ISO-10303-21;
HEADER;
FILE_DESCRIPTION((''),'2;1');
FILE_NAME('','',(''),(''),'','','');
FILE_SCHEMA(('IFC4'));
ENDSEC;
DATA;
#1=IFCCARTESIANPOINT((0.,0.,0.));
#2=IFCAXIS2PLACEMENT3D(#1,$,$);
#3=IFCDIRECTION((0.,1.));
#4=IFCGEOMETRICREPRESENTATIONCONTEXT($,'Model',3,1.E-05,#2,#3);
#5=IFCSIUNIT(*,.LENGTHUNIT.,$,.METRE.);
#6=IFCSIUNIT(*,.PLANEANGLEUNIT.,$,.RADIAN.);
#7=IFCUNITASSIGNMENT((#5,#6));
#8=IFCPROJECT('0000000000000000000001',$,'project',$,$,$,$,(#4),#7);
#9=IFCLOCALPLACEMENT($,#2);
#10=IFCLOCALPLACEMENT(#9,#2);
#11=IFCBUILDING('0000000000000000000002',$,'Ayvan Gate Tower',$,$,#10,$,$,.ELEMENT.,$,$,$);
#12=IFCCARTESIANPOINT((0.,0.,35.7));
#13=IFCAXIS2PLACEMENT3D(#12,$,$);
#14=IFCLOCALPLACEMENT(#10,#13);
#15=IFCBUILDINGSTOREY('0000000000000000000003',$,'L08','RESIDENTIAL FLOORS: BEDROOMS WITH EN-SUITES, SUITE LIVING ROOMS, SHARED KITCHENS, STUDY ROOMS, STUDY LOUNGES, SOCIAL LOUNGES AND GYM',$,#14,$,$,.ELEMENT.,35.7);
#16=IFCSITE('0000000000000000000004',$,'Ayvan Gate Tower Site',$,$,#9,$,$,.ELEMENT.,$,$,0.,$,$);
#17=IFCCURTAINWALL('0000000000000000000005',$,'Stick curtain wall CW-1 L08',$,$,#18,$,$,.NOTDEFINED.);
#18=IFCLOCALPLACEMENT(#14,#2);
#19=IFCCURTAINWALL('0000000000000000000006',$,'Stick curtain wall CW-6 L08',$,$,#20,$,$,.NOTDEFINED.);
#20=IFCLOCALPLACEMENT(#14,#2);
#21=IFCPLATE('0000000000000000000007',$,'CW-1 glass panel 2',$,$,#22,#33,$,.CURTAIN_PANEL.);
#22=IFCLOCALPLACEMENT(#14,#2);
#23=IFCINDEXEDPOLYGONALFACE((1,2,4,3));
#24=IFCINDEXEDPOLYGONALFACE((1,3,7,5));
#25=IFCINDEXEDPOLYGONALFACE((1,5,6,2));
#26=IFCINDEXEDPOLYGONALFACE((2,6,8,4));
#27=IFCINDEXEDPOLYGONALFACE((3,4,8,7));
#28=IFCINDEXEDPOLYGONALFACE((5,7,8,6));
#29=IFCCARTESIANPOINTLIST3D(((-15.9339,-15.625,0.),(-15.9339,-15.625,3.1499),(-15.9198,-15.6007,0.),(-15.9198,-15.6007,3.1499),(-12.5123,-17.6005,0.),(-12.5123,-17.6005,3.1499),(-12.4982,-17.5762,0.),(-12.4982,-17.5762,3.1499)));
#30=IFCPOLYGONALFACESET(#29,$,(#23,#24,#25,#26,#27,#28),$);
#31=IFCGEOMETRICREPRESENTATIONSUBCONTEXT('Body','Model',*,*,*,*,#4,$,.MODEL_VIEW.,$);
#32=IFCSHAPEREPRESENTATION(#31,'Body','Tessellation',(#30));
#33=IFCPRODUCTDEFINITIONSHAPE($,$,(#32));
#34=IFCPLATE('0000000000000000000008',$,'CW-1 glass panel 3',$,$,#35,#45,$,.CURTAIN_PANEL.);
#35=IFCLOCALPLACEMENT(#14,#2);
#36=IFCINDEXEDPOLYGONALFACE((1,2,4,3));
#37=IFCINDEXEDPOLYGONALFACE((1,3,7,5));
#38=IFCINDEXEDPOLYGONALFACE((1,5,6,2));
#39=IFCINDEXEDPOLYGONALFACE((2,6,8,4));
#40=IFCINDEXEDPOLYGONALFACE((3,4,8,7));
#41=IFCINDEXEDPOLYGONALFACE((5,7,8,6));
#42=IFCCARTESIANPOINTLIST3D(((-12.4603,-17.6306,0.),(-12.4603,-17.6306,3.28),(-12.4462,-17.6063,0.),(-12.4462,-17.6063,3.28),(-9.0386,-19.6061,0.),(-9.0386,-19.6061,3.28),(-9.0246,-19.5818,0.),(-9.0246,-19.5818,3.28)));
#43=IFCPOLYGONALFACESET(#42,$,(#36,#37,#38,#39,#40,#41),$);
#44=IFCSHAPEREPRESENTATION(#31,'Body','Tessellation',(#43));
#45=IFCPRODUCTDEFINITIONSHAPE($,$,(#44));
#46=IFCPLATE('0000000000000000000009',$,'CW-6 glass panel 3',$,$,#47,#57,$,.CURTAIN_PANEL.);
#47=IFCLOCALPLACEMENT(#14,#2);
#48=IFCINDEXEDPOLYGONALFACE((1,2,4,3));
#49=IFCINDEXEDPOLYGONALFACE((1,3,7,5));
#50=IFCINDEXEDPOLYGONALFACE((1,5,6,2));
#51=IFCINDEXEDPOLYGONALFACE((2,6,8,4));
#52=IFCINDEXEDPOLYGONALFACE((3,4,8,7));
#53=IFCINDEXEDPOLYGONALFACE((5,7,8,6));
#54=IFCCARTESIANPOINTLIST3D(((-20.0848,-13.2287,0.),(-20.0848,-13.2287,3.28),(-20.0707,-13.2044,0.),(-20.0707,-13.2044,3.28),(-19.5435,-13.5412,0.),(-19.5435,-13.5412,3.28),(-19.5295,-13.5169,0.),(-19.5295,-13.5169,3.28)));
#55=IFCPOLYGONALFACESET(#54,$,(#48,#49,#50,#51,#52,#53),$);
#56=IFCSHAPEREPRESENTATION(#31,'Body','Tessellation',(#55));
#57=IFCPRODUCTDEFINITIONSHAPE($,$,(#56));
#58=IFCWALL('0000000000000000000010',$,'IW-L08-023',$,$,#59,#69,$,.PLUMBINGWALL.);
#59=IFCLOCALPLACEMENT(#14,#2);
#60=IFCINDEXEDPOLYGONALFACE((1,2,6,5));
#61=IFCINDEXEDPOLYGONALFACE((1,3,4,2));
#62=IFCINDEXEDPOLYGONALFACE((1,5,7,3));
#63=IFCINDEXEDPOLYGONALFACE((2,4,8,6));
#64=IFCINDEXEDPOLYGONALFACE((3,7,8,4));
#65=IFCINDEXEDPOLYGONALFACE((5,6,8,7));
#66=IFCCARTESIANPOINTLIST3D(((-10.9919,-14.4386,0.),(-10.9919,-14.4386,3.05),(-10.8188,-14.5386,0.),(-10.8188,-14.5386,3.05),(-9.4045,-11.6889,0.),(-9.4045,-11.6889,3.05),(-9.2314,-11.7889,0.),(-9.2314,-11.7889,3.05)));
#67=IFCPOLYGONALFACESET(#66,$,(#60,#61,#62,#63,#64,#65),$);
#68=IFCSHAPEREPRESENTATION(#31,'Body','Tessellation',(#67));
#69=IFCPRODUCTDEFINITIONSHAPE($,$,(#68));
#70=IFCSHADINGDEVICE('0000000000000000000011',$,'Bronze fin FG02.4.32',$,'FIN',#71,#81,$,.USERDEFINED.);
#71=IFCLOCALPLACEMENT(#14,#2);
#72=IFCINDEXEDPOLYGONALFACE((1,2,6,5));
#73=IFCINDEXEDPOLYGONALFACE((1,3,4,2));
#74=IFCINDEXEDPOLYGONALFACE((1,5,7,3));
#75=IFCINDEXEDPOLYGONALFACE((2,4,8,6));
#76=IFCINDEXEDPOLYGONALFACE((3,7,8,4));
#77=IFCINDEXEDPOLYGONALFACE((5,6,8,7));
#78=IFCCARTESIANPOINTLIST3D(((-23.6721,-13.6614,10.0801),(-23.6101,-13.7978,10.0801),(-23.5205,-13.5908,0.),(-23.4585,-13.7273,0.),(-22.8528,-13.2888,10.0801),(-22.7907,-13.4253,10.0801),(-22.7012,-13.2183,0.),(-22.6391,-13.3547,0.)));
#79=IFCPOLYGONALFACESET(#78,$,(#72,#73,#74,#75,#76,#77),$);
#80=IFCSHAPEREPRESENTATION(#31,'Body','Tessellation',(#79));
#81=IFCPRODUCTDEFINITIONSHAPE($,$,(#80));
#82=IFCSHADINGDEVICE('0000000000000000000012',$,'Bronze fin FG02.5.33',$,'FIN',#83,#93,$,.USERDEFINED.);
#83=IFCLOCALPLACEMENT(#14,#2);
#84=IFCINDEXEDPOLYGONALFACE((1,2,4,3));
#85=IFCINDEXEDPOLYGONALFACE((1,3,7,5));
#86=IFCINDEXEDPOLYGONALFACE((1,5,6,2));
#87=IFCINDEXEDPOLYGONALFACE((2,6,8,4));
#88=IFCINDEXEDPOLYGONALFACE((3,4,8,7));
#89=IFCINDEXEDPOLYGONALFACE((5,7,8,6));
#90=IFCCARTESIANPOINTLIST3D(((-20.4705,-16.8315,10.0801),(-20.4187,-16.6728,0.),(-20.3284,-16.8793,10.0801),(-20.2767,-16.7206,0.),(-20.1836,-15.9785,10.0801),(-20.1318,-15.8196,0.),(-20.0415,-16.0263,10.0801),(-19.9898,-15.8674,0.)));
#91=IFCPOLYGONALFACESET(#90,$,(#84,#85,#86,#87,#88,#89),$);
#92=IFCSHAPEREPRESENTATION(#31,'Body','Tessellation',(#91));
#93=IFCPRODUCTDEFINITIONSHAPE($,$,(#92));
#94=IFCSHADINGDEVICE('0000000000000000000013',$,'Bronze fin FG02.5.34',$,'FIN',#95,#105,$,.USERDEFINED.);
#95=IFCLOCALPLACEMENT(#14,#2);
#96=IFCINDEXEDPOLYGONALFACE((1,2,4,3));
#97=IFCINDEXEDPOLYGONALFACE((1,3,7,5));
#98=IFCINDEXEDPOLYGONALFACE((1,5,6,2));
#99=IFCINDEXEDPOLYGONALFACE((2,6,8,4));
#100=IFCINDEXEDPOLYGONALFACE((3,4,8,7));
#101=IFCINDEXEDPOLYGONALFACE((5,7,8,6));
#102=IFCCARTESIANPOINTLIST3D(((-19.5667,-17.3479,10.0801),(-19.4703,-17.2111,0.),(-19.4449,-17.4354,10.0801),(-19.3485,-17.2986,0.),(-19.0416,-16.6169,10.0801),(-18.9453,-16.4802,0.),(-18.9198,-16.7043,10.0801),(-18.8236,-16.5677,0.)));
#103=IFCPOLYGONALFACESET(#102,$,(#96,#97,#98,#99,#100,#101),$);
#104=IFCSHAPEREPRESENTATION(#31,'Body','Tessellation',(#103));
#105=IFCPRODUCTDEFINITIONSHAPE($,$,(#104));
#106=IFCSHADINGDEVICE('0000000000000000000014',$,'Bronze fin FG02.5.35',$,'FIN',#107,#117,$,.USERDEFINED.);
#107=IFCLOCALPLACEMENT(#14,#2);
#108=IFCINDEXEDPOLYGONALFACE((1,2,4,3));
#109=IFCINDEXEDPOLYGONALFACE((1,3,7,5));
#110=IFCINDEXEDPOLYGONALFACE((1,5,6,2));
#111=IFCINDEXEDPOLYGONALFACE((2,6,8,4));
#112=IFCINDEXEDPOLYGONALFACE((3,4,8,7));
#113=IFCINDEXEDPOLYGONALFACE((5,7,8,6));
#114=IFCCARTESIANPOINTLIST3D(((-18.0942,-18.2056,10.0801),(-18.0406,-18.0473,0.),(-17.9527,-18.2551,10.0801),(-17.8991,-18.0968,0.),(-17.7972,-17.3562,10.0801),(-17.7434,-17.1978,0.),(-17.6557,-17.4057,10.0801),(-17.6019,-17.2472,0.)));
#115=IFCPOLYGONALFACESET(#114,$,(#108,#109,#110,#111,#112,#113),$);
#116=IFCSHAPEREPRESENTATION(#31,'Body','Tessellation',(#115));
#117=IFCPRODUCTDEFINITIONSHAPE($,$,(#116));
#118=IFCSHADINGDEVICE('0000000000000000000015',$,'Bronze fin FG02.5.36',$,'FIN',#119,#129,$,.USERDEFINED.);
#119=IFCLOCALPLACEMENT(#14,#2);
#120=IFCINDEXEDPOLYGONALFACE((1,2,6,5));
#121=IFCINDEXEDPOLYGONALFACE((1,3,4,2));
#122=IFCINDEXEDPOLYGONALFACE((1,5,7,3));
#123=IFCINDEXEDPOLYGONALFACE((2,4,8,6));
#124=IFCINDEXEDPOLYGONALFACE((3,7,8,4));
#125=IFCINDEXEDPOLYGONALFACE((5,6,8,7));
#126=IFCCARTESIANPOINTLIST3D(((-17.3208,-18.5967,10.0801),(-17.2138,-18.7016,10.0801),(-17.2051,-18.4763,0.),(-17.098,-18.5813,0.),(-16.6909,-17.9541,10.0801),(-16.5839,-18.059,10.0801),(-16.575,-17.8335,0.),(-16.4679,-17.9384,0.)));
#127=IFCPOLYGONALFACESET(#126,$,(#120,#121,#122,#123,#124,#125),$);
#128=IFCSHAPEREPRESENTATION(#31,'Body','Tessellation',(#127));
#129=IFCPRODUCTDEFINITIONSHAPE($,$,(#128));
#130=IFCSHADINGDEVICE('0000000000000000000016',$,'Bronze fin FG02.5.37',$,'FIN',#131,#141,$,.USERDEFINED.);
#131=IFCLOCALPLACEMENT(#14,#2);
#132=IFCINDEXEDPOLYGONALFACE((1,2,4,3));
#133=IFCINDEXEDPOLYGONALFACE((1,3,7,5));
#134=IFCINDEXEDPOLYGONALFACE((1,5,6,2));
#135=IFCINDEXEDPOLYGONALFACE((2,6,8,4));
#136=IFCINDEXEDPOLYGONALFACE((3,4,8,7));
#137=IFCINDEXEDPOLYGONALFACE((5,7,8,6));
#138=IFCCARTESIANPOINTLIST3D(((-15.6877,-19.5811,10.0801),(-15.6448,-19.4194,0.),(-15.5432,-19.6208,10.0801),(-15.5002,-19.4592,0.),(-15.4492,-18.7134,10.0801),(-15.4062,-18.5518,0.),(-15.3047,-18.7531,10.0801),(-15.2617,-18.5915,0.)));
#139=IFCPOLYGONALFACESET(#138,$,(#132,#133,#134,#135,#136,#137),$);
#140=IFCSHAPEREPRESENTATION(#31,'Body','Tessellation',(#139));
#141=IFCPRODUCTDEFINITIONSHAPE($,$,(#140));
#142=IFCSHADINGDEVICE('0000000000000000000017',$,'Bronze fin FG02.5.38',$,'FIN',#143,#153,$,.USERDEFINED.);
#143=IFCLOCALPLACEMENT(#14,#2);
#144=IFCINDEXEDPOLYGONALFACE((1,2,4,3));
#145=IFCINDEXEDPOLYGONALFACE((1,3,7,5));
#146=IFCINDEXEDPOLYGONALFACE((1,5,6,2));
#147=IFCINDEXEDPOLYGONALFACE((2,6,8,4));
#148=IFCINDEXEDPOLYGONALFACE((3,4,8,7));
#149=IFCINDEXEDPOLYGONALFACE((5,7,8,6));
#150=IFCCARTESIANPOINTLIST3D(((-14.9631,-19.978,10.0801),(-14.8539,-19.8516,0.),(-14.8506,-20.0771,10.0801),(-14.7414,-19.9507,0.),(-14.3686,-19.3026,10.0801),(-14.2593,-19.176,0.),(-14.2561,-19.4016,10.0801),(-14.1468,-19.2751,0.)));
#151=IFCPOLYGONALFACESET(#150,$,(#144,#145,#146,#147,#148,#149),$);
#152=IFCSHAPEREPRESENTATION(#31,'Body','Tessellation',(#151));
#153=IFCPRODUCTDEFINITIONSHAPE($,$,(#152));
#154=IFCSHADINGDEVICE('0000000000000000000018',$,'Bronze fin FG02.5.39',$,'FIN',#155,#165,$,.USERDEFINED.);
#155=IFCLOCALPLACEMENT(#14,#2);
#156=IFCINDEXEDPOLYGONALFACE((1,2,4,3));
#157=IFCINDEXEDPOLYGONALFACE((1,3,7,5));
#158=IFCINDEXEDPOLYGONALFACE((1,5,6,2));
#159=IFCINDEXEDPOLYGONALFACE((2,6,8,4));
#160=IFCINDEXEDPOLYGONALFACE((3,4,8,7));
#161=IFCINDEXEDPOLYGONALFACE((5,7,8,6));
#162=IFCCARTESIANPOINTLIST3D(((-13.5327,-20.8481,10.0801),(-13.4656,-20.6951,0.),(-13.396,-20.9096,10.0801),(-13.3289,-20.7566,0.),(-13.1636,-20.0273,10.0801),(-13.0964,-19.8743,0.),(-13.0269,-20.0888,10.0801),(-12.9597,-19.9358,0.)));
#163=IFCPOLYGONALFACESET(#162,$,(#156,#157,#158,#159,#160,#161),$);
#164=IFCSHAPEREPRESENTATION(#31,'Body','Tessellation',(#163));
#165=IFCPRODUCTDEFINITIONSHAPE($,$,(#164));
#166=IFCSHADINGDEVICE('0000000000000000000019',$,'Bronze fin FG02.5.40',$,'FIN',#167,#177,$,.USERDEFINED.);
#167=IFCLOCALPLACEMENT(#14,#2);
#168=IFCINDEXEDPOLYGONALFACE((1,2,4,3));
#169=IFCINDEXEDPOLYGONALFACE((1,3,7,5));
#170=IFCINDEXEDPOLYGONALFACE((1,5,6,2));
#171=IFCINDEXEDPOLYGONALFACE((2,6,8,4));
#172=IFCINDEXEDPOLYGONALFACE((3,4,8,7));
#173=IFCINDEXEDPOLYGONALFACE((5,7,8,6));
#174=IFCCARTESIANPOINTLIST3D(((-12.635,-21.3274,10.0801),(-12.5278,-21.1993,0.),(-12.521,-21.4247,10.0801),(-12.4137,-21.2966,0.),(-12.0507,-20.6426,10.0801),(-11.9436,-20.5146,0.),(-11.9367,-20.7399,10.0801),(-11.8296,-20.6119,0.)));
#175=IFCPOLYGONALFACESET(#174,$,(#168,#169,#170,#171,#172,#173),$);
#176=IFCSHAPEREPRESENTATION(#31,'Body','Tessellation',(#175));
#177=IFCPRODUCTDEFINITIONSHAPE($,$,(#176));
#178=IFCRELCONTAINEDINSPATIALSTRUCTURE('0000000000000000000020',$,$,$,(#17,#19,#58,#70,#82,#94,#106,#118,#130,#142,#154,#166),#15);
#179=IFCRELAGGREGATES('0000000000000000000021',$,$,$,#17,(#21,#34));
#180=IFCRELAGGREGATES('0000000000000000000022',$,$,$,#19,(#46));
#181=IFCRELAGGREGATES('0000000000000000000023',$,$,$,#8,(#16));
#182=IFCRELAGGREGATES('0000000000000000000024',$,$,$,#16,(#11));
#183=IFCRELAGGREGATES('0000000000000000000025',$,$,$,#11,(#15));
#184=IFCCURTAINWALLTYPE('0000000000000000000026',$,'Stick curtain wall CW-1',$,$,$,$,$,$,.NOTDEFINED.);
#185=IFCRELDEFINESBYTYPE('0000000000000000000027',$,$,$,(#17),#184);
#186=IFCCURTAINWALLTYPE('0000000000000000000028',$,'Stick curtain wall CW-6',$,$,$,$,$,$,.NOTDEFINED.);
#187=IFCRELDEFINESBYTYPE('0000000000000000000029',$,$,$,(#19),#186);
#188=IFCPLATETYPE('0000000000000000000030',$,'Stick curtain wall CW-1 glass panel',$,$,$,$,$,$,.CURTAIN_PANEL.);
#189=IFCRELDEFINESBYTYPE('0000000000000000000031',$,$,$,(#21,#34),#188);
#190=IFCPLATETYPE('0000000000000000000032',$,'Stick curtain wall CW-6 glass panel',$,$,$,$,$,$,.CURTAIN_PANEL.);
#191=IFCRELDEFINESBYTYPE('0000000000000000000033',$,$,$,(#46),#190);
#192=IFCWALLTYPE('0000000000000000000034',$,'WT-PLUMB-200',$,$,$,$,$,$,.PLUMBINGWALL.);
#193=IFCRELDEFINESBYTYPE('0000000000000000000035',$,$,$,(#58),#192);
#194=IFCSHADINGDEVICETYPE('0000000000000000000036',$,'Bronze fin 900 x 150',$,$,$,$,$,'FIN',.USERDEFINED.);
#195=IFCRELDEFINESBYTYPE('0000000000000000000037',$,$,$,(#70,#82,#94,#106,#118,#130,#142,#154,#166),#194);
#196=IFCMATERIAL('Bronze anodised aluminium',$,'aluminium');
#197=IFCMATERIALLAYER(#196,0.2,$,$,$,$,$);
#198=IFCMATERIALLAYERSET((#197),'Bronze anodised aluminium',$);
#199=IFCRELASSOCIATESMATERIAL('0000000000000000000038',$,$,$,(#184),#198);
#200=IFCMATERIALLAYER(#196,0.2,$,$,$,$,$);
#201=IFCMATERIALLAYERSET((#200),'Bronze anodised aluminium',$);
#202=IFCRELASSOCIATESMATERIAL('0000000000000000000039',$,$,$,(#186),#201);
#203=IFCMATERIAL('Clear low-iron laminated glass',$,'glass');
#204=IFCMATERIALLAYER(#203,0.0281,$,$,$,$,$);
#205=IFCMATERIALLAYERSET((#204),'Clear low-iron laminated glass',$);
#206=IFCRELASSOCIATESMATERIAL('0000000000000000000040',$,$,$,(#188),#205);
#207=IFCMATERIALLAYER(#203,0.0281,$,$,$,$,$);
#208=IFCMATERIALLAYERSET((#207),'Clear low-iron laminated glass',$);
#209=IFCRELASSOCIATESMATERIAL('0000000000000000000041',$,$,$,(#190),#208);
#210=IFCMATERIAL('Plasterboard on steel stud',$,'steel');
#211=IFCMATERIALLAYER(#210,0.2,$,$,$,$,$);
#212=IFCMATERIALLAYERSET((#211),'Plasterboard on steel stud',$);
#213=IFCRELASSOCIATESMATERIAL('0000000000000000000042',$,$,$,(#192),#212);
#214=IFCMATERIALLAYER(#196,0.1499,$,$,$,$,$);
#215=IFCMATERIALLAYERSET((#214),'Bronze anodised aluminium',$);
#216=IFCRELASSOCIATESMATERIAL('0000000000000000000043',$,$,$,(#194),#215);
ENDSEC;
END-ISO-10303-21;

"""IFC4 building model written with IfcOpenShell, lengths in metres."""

from ifc_helpers import new_model, si_unit, direction, frame, frame_2d, origin, origin_2d, place, context, subcontext, project, spatial, polyline, rectangle, outline, extrude, material, layer, layer_set, type_object, element, aggregate, save


model = new_model("IFC4")

# Units and contexts
model_context = context("Model", 3, precision=1e-05, world=origin(), true_north=direction((0.0, 1.0)))
body_context = subcontext(model_context, "Body", "Model", "MODEL_VIEW")
ifc_project = project(units=[si_unit("LENGTHUNIT", "METRE"), si_unit("PLANEANGLEUNIT", "RADIAN")], contexts=[model_context])

# Site, building, storey
site_placement = place(None, origin())
site = spatial("IfcSite", under=ifc_project, at=site_placement, Name="Ayvan Gate Tower Site", CompositionType="ELEMENT", RefElevation=0.0)
building_placement = place(site_placement, origin())
building = spatial("IfcBuilding", under=site, at=building_placement, Name="Ayvan Gate Tower", CompositionType="ELEMENT")
storey_placement = place(building_placement, frame((0.0, 0.0, 35.7)))
storey = spatial("IfcBuildingStorey", under=building, at=storey_placement, Name="L08", Description="RESIDENTIAL FLOORS: BEDROOMS WITH EN-SUITES, SUITE LIVING ROOMS, SHARED KITCHENS, STUDY ROOMS, STUDY LOUNGES, SOCIAL LOUNGES AND GYM", CompositionType="ELEMENT", Elevation=35.7)

# Curtain walls
ifc_material_1 = material(Name="Bronze anodised aluminium", Category="aluminium")
ifc_layer_1 = layer(ifc_material_1, 0.2)
ifc_layer_set_1 = layer_set([ifc_layer_1], Name="Bronze anodised aluminium")
curtain_wall_type_1 = type_object("IfcCurtainWallType", Name="Stick curtain wall CW-1", PredefinedType="NOTDEFINED", material=ifc_layer_set_1)
curtain_wall_1_placement = place(storey_placement, origin())
curtain_wall_1 = element("IfcCurtainWall", 1, at=curtain_wall_1_placement, inside=storey, type_object=curtain_wall_type_1, Name="Stick curtain wall CW-1 L08", PredefinedType="NOTDEFINED")
ifc_layer_2 = layer(ifc_material_1, 0.2)
ifc_layer_set_2 = layer_set([ifc_layer_2], Name="Bronze anodised aluminium")
curtain_wall_type_2 = type_object("IfcCurtainWallType", Name="Stick curtain wall CW-6", PredefinedType="NOTDEFINED", material=ifc_layer_set_2)
curtain_wall_2_placement = place(storey_placement, origin())
curtain_wall_2 = element("IfcCurtainWall", 2, at=curtain_wall_2_placement, inside=storey, type_object=curtain_wall_type_2, Name="Stick curtain wall CW-6 L08", PredefinedType="NOTDEFINED")

# Plates
ifc_material_2 = material(Name="Clear low-iron laminated glass", Category="glass")
ifc_layer_3 = layer(ifc_material_2, 0.0281)
ifc_layer_set_3 = layer_set([ifc_layer_3], Name="Clear low-iron laminated glass")
plate_type_1 = type_object("IfcPlateType", Name="Stick curtain wall CW-1 glass panel", PredefinedType="CURTAIN_PANEL", material=ifc_layer_set_3)
plate_1_placement = place(storey_placement, frame((-14.2161, -16.6006, 0.0), z_axis=(0.0, 0.0, 1.0), x_axis=(0.866025, -0.5, 0.0)))
plate_1 = element("IfcPlate", 3, at=plate_1_placement, type_object=plate_type_1, Name="CW-1 glass panel 2", PredefinedType="CURTAIN_PANEL", context=body_context, shape_type="SweptSolid", body=[
    extrude(rectangle(XDim=3.9509, YDim=0.0281, at=origin_2d()), origin(), (0.0, 0.0, 1.0), 3.1499),
])
plate_2_placement = place(storey_placement, frame((-10.7424, -18.6062, 0.0), z_axis=(0.0, 0.0, 1.0), x_axis=(0.866025, -0.5, 0.0)))
plate_2 = element("IfcPlate", 4, at=plate_2_placement, type_object=plate_type_1, Name="CW-1 glass panel 3", PredefinedType="CURTAIN_PANEL", context=body_context, shape_type="SweptSolid", body=[
    extrude(rectangle(XDim=3.9509, YDim=0.0281, at=origin_2d()), origin(), (0.0, 0.0, 1.0), 3.28),
])
aggregate(curtain_wall_1, [plate_1, plate_2])
ifc_layer_4 = layer(ifc_material_2, 0.0281)
ifc_layer_set_4 = layer_set([ifc_layer_4], Name="Clear low-iron laminated glass")
plate_type_2 = type_object("IfcPlateType", Name="Stick curtain wall CW-6 glass panel", PredefinedType="CURTAIN_PANEL", material=ifc_layer_set_4)
plate_3_placement = place(storey_placement, frame((-19.8071, -13.3728, 0.0), z_axis=(0.0, 0.0, 1.0), x_axis=(0.866025, -0.5, 0.0)))
plate_3 = element("IfcPlate", 5, at=plate_3_placement, type_object=plate_type_2, Name="CW-6 glass panel 3", PredefinedType="CURTAIN_PANEL", context=body_context, shape_type="SweptSolid", body=[
    extrude(rectangle(XDim=0.625, YDim=0.0281, at=origin_2d()), origin(), (0.0, 0.0, 1.0), 3.28),
])
aggregate(curtain_wall_2, [plate_3])

# Wall
ifc_material_3 = material(Name="Plasterboard on steel stud", Category="steel")
ifc_layer_5 = layer(ifc_material_3, 0.2)
ifc_layer_set_5 = layer_set([ifc_layer_5], Name="Plasterboard on steel stud")
wall_type = type_object("IfcWallType", Name="WT-PLUMB-200", PredefinedType="PLUMBINGWALL", material=ifc_layer_set_5)
wall_placement = place(storey_placement, frame((-10.9053, -14.4885, 0.0), z_axis=(0.0, 0.0, 1.0), x_axis=(0.49996, 0.866049, 0.0)))
element("IfcWall", 6, at=wall_placement, inside=storey, type_object=wall_type, Name="IW-L08-023", PredefinedType="PLUMBINGWALL", context=body_context, shape_type="SweptSolid", body=[
    extrude(rectangle(XDim=3.175, YDim=0.2, at=frame_2d((1.5874, 0.0))), origin(), (0.0, 0.0, 1.0), 3.05),
])

# Shading devices
ifc_layer_6 = layer(ifc_material_1, 0.1499)
ifc_layer_set_6 = layer_set([ifc_layer_6], Name="Bronze anodised aluminium")
shading_device_type = type_object("IfcShadingDeviceType", Name="Bronze fin 900 x 150", ElementType="FIN", PredefinedType="USERDEFINED", material=ifc_layer_set_6)
shading_device_1_placement = place(storey_placement, frame((-22.7012, -13.2183, 0.0), z_axis=(-0.413926, 0.910311, 0.000146), x_axis=(-0.910311, -0.413926, 0.0)))
element("IfcShadingDevice", 7, at=shading_device_1_placement, inside=storey, type_object=shading_device_type, Name="Bronze fin FG02.4.32", ObjectType="FIN", PredefinedType="USERDEFINED", context=body_context, shape_type="SweptSolid", body=[
    extrude(outline(polyline([(0.0, 0.0), (0.9001, 0.0), (1.0673, 10.0801), (0.1672, 10.0801), (0.0, 0.0)])), origin(), (0.0, 0.0, -1.0), 0.1499),
])
shading_device_2_placement = place(storey_placement, frame((-20.1318, -15.8196, 0.0), z_axis=(-0.947853, 0.318709, 0.000154), x_axis=(-0.318709, -0.947853, 0.0)))
element("IfcShadingDevice", 8, at=shading_device_2_placement, inside=storey, type_object=shading_device_type, Name="Bronze fin FG02.5.33", ObjectType="FIN", PredefinedType="USERDEFINED", context=body_context, shape_type="SweptSolid", body=[
    extrude(outline(polyline([(0.0, 0.0), (0.9002, 0.0), (1.0671, 10.0801), (0.1671, 10.0801), (0.0, 0.0)])), origin(), (0.0, 0.0, -1.0), 0.1499),
])
shading_device_3_placement = place(storey_placement, frame((-18.9453, -16.4802, 0.0), z_axis=(-0.8122, 0.583379, 0.000152), x_axis=(-0.583379, -0.8122, 0.0)))
element("IfcShadingDevice", 9, at=shading_device_3_placement, inside=storey, type_object=shading_device_type, Name="Bronze fin FG02.5.34", ObjectType="FIN", PredefinedType="USERDEFINED", context=body_context, shape_type="SweptSolid", body=[
    extrude(outline(polyline([(0.0, 0.0), (0.8999, 0.0), (1.0672, 10.0801), (0.1672, 10.0801), (0.0, 0.0)])), origin(), (0.0, 0.0, -1.0), 0.1499),
])
shading_device_4_placement = place(storey_placement, frame((-17.7434, -17.1978, 0.0), z_axis=(-0.943928, 0.330151, 0.000156), x_axis=(-0.330151, -0.943928, 0.0)))
element("IfcShadingDevice", 10, at=shading_device_4_placement, inside=storey, type_object=shading_device_type, Name="Bronze fin FG02.5.35", ObjectType="FIN", PredefinedType="USERDEFINED", context=body_context, shape_type="SweptSolid", body=[
    extrude(outline(polyline([(0.0, 0.0), (0.9001, 0.0), (1.0671, 10.0801), (0.1673, 10.0801), (0.0, 0.0)])), origin(), (0.0, 0.0, -1.0), 0.1499),
])
shading_device_5_placement = place(storey_placement, frame((-16.575, -17.8335, 0.0), z_axis=(-0.714125, 0.700019, 0.00016), x_axis=(-0.700019, -0.714125, 0.0)))
element("IfcShadingDevice", 11, at=shading_device_5_placement, inside=storey, type_object=shading_device_type, Name="Bronze fin FG02.5.36", ObjectType="FIN", PredefinedType="USERDEFINED", context=body_context, shape_type="SweptSolid", body=[
    extrude(outline(polyline([(0.0, 0.0), (0.9002, 0.0), (1.0671, 10.0801), (0.1673, 10.0801), (0.0, 0.0)])), origin(), (0.0, 0.0, -1.0), 0.1499),
])
shading_device_6_placement = place(storey_placement, frame((-15.4062, -18.5518, 0.0), z_axis=(-0.96423, 0.265068, 0.00014), x_axis=(-0.265068, -0.96423, 0.0)))
element("IfcShadingDevice", 12, at=shading_device_6_placement, inside=storey, type_object=shading_device_type, Name="Bronze fin FG02.5.37", ObjectType="FIN", PredefinedType="USERDEFINED", context=body_context, shape_type="SweptSolid", body=[
    extrude(outline(polyline([(0.0, 0.0), (0.8999, 0.0), (1.0671, 10.0801), (0.1672, 10.0801), (0.0, 0.0)])), origin(), (0.0, 0.0, -1.0), 0.1499),
])
shading_device_7_placement = place(storey_placement, frame((-14.2593, -19.176, 0.0), z_axis=(-0.750641, 0.66071, 0.000153), x_axis=(-0.66071, -0.750641, 0.0)))
element("IfcShadingDevice", 13, at=shading_device_7_placement, inside=storey, type_object=shading_device_type, Name="Bronze fin FG02.5.38", ObjectType="FIN", PredefinedType="USERDEFINED", context=body_context, shape_type="SweptSolid", body=[
    extrude(outline(polyline([(0.0, 0.0), (0.9, 0.0), (1.0671, 10.0801), (0.1672, 10.0801), (0.0, 0.0)])), origin(), (0.0, 0.0, -1.0), 0.1499),
])
shading_device_8_placement = place(storey_placement, frame((-13.0964, -19.8743, 0.0), z_axis=(-0.912013, 0.410162, 0.000154), x_axis=(-0.410162, -0.912013, 0.0)))
element("IfcShadingDevice", 14, at=shading_device_8_placement, inside=storey, type_object=shading_device_type, Name="Bronze fin FG02.5.39", ObjectType="FIN", PredefinedType="USERDEFINED", context=body_context, shape_type="SweptSolid", body=[
    extrude(outline(polyline([(0.0, 0.0), (0.9, 0.0), (1.0671, 10.0801), (0.1671, 10.0801), (0.0, 0.0)])), origin(), (0.0, 0.0, -1.0), 0.1499),
])
shading_device_9_placement = place(storey_placement, frame((-11.9436, -20.5146, 0.0), z_axis=(-0.76071, 0.649092, 0.000157), x_axis=(-0.649092, -0.76071, 0.0)))
element("IfcShadingDevice", 15, at=shading_device_9_placement, inside=storey, type_object=shading_device_type, Name="Bronze fin FG02.5.40", ObjectType="FIN", PredefinedType="USERDEFINED", context=body_context, shape_type="SweptSolid", body=[
    extrude(outline(polyline([(0.0, 0.0), (0.9, 0.0), (1.067, 10.0801), (0.1669, 10.0801), (0.0, 0.0)])), origin(), (0.0, 0.0, -1.0), 0.1499),
])

save(model, "model.ifc")
